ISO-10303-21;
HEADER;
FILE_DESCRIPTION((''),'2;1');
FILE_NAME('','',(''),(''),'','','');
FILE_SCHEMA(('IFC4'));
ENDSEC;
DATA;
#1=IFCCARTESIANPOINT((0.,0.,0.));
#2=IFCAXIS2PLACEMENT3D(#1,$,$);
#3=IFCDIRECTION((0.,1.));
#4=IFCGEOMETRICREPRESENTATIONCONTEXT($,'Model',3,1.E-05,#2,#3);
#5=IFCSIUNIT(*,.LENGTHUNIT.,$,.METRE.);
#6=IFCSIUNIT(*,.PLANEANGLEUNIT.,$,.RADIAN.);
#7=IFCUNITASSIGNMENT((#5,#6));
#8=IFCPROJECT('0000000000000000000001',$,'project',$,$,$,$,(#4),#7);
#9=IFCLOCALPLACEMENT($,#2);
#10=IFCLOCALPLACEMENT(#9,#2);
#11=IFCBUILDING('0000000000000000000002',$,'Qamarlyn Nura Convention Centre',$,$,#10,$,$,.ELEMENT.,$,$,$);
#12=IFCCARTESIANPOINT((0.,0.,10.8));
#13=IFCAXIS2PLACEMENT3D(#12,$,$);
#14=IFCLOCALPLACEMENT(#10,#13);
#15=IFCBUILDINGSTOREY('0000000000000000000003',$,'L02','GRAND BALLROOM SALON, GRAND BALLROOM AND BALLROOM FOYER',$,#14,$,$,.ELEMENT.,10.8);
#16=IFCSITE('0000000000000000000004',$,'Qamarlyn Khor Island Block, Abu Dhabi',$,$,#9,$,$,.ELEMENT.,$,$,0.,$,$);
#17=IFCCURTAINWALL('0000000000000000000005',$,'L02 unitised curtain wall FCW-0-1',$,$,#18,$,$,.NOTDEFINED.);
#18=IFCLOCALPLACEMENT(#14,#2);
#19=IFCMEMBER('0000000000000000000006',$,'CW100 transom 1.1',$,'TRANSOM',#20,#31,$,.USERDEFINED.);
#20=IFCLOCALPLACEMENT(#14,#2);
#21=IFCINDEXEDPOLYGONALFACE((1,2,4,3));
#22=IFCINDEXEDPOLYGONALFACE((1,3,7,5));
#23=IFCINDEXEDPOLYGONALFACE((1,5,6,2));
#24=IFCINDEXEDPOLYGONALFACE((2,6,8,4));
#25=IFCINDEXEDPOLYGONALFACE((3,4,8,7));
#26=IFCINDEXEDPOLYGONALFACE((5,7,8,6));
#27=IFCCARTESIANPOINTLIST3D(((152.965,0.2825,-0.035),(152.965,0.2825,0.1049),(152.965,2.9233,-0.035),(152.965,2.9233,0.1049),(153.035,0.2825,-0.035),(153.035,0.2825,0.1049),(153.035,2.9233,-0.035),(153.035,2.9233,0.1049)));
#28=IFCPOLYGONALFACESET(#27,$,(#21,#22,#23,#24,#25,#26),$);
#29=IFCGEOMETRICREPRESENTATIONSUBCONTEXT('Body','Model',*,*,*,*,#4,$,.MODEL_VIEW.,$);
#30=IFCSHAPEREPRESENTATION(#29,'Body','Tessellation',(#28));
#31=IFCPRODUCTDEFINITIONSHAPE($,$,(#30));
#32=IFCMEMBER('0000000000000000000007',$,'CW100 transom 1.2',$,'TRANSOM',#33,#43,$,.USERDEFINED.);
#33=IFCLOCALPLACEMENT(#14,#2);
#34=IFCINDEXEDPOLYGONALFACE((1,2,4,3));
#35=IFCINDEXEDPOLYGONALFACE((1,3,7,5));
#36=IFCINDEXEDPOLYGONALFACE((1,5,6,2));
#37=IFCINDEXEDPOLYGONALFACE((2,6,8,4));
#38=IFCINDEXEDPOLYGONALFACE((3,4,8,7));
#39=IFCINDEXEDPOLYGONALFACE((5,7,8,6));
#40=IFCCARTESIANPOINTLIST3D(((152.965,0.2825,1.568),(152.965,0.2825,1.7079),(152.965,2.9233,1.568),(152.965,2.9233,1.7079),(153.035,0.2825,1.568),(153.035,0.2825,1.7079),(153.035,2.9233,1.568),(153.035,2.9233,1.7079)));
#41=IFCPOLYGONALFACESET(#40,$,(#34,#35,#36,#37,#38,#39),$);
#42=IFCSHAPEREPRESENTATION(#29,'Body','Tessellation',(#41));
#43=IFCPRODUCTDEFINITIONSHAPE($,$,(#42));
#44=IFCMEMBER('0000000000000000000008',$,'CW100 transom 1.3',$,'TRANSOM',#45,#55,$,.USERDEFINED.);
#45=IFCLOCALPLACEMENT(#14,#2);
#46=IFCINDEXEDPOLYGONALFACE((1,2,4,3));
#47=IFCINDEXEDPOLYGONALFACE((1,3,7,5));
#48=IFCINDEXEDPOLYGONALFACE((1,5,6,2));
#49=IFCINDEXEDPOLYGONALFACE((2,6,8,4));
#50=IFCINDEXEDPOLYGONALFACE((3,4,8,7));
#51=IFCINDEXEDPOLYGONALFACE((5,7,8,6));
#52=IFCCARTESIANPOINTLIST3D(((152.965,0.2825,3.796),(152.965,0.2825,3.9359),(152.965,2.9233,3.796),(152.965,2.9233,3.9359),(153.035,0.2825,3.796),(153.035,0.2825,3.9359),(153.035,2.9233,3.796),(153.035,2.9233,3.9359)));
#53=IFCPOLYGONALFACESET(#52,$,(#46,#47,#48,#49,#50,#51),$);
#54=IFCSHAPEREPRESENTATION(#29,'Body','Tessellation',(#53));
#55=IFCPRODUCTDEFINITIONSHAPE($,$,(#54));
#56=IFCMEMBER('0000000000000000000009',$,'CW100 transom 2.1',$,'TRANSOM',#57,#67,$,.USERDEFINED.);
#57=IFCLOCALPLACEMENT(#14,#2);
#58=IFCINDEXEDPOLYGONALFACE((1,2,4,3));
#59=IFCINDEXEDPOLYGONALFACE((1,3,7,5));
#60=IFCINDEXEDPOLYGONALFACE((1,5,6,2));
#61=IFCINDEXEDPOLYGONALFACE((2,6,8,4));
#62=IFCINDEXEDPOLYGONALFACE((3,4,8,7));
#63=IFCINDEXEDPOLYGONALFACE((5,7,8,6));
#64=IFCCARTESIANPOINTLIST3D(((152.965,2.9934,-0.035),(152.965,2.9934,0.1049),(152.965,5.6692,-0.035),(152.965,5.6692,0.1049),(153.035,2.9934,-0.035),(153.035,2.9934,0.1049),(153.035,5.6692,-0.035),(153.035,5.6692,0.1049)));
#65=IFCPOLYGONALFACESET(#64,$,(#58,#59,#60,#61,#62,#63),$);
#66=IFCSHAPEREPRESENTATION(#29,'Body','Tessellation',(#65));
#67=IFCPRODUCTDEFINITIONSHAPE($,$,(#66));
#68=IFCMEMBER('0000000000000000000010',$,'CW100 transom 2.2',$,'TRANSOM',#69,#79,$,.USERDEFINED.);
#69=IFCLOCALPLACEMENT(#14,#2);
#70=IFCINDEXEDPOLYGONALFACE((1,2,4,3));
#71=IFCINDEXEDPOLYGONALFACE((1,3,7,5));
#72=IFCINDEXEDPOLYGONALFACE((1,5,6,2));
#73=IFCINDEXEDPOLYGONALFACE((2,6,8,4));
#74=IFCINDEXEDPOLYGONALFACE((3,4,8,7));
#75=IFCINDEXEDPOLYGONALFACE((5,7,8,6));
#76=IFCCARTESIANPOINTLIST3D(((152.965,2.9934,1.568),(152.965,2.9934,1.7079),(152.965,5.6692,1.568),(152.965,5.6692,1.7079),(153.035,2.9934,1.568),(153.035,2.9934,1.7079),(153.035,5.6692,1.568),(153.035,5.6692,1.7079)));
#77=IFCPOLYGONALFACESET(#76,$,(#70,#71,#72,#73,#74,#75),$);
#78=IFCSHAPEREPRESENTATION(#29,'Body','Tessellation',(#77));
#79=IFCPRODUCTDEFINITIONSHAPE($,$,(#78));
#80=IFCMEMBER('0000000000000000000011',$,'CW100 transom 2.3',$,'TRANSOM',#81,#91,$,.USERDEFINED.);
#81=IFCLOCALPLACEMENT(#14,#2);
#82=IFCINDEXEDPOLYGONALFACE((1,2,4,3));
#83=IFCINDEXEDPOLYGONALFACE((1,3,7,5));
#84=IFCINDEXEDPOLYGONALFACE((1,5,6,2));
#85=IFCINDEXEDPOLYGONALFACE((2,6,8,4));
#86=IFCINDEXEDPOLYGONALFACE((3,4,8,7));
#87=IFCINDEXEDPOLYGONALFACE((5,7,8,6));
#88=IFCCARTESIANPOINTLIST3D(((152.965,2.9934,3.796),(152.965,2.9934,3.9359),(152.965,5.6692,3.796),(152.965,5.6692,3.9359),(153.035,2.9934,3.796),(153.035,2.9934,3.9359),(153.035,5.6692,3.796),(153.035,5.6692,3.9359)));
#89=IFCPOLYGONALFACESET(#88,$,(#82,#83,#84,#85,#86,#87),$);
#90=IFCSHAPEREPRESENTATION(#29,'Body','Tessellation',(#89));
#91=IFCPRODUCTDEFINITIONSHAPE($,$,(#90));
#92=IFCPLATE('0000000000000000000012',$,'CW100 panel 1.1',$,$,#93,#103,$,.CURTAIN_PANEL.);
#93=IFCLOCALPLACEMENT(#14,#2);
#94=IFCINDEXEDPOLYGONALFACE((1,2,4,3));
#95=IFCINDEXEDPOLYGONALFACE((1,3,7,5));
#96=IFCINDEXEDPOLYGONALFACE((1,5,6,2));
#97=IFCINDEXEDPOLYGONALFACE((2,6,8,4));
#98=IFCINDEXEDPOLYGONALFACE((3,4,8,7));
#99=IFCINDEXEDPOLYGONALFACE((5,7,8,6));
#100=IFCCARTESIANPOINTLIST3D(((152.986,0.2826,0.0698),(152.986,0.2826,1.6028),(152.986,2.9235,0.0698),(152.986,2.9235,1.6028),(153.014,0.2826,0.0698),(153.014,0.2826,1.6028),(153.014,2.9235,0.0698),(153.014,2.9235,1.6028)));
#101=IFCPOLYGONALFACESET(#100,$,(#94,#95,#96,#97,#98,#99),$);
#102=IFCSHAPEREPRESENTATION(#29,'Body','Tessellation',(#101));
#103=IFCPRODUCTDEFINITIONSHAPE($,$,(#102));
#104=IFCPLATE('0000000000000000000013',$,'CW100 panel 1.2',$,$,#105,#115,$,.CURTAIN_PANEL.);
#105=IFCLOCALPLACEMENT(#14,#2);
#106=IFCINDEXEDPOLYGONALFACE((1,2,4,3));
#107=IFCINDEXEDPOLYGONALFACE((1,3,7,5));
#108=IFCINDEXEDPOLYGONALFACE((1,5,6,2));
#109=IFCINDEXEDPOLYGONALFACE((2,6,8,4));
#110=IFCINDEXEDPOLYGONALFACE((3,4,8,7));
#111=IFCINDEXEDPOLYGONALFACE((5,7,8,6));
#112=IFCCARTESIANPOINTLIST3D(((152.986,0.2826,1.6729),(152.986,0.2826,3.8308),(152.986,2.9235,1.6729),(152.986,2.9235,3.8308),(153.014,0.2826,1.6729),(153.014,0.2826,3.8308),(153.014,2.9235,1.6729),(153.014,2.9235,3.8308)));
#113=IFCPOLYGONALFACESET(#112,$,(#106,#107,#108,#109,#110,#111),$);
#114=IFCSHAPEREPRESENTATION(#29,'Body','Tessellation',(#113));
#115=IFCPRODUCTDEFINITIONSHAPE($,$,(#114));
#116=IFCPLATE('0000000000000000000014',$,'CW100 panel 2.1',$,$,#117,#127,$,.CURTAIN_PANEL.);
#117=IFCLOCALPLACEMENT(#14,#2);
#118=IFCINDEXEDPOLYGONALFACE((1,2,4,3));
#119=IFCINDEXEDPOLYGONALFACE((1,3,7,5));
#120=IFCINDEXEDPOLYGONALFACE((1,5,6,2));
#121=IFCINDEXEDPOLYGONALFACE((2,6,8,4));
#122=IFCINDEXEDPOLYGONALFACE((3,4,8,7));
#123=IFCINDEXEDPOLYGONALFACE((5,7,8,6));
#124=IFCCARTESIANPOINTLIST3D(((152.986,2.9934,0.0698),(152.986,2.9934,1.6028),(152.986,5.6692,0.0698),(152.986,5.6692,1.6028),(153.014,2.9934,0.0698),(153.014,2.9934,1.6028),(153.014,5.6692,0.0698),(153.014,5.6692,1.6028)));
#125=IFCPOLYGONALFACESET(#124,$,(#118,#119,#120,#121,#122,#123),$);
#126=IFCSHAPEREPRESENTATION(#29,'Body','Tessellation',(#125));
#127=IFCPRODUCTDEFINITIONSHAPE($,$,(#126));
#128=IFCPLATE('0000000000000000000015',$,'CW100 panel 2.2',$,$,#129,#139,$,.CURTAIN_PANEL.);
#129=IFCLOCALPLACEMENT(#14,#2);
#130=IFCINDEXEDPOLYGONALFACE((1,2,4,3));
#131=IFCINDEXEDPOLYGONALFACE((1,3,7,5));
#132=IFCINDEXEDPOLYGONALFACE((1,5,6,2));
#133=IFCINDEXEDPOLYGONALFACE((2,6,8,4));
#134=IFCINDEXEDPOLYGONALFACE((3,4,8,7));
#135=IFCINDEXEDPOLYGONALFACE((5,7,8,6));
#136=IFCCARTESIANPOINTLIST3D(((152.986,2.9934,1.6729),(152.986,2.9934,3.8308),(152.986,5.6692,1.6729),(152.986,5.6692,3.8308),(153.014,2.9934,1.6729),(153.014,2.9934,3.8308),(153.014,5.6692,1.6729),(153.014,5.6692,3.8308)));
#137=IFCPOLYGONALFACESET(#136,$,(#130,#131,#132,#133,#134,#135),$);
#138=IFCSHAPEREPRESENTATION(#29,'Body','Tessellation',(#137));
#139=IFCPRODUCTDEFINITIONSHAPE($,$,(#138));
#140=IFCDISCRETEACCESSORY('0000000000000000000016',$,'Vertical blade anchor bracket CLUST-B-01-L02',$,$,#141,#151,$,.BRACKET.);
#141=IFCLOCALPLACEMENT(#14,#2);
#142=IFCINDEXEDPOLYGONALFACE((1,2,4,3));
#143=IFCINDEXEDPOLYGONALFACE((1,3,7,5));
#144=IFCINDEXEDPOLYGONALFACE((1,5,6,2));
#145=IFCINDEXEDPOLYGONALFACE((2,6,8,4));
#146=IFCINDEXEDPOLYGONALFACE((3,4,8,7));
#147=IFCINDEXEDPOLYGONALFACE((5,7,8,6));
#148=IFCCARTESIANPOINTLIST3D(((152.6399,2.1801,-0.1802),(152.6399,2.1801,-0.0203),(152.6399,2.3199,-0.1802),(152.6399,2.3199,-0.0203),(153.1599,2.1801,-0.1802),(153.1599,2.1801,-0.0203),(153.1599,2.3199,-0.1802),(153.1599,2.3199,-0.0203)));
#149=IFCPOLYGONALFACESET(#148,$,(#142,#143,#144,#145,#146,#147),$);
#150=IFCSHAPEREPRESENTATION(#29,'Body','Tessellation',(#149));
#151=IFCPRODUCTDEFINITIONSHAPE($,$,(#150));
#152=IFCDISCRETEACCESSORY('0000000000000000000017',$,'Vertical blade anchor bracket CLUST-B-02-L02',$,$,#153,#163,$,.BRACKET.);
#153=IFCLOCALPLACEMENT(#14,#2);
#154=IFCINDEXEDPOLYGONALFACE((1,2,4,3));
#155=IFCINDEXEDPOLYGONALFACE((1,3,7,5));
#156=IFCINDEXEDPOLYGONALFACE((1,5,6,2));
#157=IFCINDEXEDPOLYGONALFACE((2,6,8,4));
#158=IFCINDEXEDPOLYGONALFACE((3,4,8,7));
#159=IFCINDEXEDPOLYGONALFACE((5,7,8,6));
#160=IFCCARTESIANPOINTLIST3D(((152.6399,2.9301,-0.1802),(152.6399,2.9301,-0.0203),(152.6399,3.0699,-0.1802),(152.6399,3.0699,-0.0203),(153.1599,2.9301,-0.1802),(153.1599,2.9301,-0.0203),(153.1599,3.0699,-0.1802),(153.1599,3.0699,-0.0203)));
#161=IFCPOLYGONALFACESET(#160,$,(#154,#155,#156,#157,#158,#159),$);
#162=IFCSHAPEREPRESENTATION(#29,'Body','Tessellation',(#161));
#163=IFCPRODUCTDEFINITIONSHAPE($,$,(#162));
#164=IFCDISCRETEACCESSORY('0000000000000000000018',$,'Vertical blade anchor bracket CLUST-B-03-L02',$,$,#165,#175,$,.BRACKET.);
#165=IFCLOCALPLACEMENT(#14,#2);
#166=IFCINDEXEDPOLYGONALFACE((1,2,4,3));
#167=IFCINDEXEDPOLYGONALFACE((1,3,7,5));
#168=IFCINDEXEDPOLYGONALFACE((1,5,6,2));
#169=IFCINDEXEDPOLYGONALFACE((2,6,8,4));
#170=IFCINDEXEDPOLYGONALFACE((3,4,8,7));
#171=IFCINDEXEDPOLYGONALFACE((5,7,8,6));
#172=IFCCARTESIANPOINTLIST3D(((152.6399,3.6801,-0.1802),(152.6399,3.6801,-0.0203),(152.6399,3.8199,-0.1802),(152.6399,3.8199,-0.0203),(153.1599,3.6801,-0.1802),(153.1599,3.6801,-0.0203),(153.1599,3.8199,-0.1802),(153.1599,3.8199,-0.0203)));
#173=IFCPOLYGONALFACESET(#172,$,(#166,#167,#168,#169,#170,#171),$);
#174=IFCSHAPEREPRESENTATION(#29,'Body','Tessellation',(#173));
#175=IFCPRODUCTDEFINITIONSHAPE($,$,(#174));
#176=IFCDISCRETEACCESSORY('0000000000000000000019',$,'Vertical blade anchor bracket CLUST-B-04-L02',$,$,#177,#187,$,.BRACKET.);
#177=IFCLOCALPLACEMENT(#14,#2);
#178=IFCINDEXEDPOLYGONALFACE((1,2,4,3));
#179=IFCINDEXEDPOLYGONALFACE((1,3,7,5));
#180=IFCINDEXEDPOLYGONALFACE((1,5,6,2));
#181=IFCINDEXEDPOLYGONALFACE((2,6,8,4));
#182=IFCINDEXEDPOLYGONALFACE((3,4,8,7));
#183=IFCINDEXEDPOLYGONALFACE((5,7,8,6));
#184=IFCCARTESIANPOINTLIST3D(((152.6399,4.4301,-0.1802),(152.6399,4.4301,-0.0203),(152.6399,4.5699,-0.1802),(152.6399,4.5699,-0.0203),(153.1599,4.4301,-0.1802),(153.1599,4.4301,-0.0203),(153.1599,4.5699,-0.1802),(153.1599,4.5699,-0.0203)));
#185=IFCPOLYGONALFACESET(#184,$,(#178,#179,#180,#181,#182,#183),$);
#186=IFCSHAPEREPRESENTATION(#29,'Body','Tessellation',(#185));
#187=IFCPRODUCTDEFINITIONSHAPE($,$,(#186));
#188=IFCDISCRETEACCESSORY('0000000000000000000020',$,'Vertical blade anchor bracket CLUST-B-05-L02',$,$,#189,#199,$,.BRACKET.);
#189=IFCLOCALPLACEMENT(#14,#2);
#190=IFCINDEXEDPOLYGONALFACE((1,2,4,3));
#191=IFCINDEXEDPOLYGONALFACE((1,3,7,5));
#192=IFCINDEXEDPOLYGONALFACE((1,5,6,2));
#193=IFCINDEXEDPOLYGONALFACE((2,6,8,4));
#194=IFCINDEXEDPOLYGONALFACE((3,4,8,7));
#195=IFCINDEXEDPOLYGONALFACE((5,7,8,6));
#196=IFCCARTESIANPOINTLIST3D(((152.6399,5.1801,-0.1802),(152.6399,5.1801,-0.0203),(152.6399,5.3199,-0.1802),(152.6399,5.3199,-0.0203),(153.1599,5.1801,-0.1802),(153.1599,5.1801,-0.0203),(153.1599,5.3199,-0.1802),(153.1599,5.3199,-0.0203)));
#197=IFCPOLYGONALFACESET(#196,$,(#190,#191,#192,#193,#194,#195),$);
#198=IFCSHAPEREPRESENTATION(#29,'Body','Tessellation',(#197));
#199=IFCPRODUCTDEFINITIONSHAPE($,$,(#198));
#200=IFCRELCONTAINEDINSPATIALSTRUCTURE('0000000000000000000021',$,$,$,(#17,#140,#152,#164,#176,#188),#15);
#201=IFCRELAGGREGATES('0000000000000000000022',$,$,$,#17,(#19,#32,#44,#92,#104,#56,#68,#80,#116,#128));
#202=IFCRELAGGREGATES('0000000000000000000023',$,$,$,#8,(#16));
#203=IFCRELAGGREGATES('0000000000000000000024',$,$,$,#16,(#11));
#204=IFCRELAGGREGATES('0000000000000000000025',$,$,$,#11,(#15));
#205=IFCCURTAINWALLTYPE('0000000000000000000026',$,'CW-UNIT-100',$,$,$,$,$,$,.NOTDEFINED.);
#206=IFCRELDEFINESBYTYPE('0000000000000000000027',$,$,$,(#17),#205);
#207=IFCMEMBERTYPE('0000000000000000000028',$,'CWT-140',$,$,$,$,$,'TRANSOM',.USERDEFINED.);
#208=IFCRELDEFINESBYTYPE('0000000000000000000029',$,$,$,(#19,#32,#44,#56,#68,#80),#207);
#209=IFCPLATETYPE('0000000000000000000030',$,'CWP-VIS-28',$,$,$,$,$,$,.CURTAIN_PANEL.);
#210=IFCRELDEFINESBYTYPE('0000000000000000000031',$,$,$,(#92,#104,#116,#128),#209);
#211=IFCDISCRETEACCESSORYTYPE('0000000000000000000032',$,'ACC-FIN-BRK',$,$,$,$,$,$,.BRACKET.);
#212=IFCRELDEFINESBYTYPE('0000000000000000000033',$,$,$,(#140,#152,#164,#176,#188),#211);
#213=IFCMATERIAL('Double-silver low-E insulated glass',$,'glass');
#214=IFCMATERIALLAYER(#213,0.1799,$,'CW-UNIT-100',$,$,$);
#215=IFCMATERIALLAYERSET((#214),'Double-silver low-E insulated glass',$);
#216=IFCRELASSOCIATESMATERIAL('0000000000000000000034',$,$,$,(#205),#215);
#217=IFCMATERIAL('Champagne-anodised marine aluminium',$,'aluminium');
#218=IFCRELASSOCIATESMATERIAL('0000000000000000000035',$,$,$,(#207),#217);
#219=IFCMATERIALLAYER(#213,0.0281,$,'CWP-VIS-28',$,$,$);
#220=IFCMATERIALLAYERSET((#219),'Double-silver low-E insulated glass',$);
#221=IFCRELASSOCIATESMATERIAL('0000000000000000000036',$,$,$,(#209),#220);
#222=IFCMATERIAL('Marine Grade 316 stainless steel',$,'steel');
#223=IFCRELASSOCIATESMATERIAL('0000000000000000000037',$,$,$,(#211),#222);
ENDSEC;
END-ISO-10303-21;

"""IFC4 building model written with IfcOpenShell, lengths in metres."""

from ifc_helpers import new_model, si_unit, direction, frame, origin, origin_2d, place, context, subcontext, project, spatial, rectangle, extrude, material, layer, layer_set, material_profile, profile_set, type_object, element, aggregate, save


model = new_model("IFC4")

# Units and contexts
model_context = context("Model", 3, precision=1e-05, world=origin(), true_north=direction((0.0, 1.0)))
body_context = subcontext(model_context, "Body", "Model", "MODEL_VIEW")
ifc_project = project(units=[si_unit("LENGTHUNIT", "METRE"), si_unit("PLANEANGLEUNIT", "RADIAN")], contexts=[model_context])

# Site, building, storey
site_placement = place(None, origin())
site = spatial("IfcSite", under=ifc_project, at=site_placement, Name="Qamarlyn Khor Island Block, Abu Dhabi", CompositionType="ELEMENT", RefElevation=0.0)
building_placement = place(site_placement, origin())
building = spatial("IfcBuilding", under=site, at=building_placement, Name="Qamarlyn Nura Convention Centre", CompositionType="ELEMENT")
storey_placement = place(building_placement, frame((0.0, 0.0, 10.8)))
storey = spatial("IfcBuildingStorey", under=building, at=storey_placement, Name="L02", Description="GRAND BALLROOM SALON, GRAND BALLROOM AND BALLROOM FOYER", CompositionType="ELEMENT", Elevation=10.8)

# Curtain wall, members, plates
ifc_material_1 = material(Name="Double-silver low-E insulated glass", Category="glass")
ifc_layer_1 = layer(ifc_material_1, 0.1799, Name="CW-UNIT-100")
ifc_layer_set_1 = layer_set([ifc_layer_1], Name="Double-silver low-E insulated glass")
curtain_wall_type = type_object("IfcCurtainWallType", Name="CW-UNIT-100", PredefinedType="NOTDEFINED", material=ifc_layer_set_1)
curtain_wall_placement = place(storey_placement, origin())
curtain_wall = element("IfcCurtainWall", 1, at=curtain_wall_placement, inside=storey, type_object=curtain_wall_type, Name="L02 unitised curtain wall FCW-0-1", PredefinedType="NOTDEFINED")
ifc_material_2 = material(Name="Champagne-anodised marine aluminium", Category="aluminium")
ifc_material_profile_1 = material_profile(ifc_material_2, rectangle(XDim=0.0701, YDim=0.1399, at=origin_2d()), Name="ALU TRANSOM 70x140")
ifc_profile_set_1 = profile_set([ifc_material_profile_1], Name="Champagne-anodised marine aluminium")
member_type_1 = type_object("IfcMemberType", Name="CWT-140", ElementType="TRANSOM", PredefinedType="USERDEFINED", material=ifc_profile_set_1)
member_1_placement = place(storey_placement, frame((153.0, 0.2825, 0.0349), z_axis=(0.0, 1.0, 0.0), x_axis=(-1.0, 0.0, 0.0)))
member_1 = element("IfcMember", 2, at=member_1_placement, type_object=member_type_1, Name="CW100 transom 1.1", ObjectType="TRANSOM", PredefinedType="USERDEFINED", context=body_context, shape_type="SweptSolid", body=[
    extrude(rectangle(XDim=0.0701, YDim=0.1399, at=origin_2d()), origin(), (0.0, 0.0, 1.0), 2.6409),
])
member_2_placement = place(storey_placement, frame((153.0, 0.2825, 1.6379), z_axis=(0.0, 1.0, 0.0), x_axis=(-1.0, 0.0, 0.0)))
member_2 = element("IfcMember", 3, at=member_2_placement, type_object=member_type_1, Name="CW100 transom 1.2", ObjectType="TRANSOM", PredefinedType="USERDEFINED", context=body_context, shape_type="SweptSolid", body=[
    extrude(rectangle(XDim=0.0701, YDim=0.1399, at=origin_2d()), origin(), (0.0, 0.0, 1.0), 2.6409),
])
member_3_placement = place(storey_placement, frame((153.0, 0.2825, 3.866), z_axis=(0.0, 1.0, 0.0), x_axis=(-1.0, 0.0, 0.0)))
member_3 = element("IfcMember", 4, at=member_3_placement, type_object=member_type_1, Name="CW100 transom 1.3", ObjectType="TRANSOM", PredefinedType="USERDEFINED", context=body_context, shape_type="SweptSolid", body=[
    extrude(rectangle(XDim=0.0701, YDim=0.1399, at=origin_2d()), origin(), (0.0, 0.0, 1.0), 2.6409),
])
member_4_placement = place(storey_placement, frame((153.0, 2.9934, 0.0349), z_axis=(0.0, 1.0, 0.0), x_axis=(-1.0, 0.0, 0.0)))
member_4 = element("IfcMember", 5, at=member_4_placement, type_object=member_type_1, Name="CW100 transom 2.1", ObjectType="TRANSOM", PredefinedType="USERDEFINED", context=body_context, shape_type="SweptSolid", body=[
    extrude(rectangle(XDim=0.0701, YDim=0.1399, at=origin_2d()), origin(), (0.0, 0.0, 1.0), 2.6758),
])
member_5_placement = place(storey_placement, frame((153.0, 2.9934, 1.6379), z_axis=(0.0, 1.0, 0.0), x_axis=(-1.0, 0.0, 0.0)))
member_5 = element("IfcMember", 6, at=member_5_placement, type_object=member_type_1, Name="CW100 transom 2.2", ObjectType="TRANSOM", PredefinedType="USERDEFINED", context=body_context, shape_type="SweptSolid", body=[
    extrude(rectangle(XDim=0.0701, YDim=0.1399, at=origin_2d()), origin(), (0.0, 0.0, 1.0), 2.6758),
])
member_6_placement = place(storey_placement, frame((153.0, 2.9934, 3.866), z_axis=(0.0, 1.0, 0.0), x_axis=(-1.0, 0.0, 0.0)))
member_6 = element("IfcMember", 7, at=member_6_placement, type_object=member_type_1, Name="CW100 transom 2.3", ObjectType="TRANSOM", PredefinedType="USERDEFINED", context=body_context, shape_type="SweptSolid", body=[
    extrude(rectangle(XDim=0.0701, YDim=0.1399, at=origin_2d()), origin(), (0.0, 0.0, 1.0), 2.6758),
])
ifc_layer_2 = layer(ifc_material_1, 0.0281, Name="CWP-VIS-28")
ifc_layer_set_2 = layer_set([ifc_layer_2], Name="Double-silver low-E insulated glass")
plate_type = type_object("IfcPlateType", Name="CWP-VIS-28", PredefinedType="CURTAIN_PANEL", material=ifc_layer_set_2)
plate_1_placement = place(storey_placement, frame((153.0, 1.603, 0.0698), z_axis=(0.0, 0.0, 1.0), x_axis=(0.0, 1.0, 0.0)))
plate_1 = element("IfcPlate", 8, at=plate_1_placement, type_object=plate_type, Name="CW100 panel 1.1", PredefinedType="CURTAIN_PANEL", context=body_context, shape_type="SweptSolid", body=[
    extrude(rectangle(XDim=2.6409, YDim=0.0281, at=origin_2d()), origin(), (0.0, 0.0, 1.0), 1.533),
])
plate_2_placement = place(storey_placement, frame((153.0, 1.603, 1.6729), z_axis=(0.0, 0.0, 1.0), x_axis=(0.0, 1.0, 0.0)))
plate_2 = element("IfcPlate", 9, at=plate_2_placement, type_object=plate_type, Name="CW100 panel 1.2", PredefinedType="CURTAIN_PANEL", context=body_context, shape_type="SweptSolid", body=[
    extrude(rectangle(XDim=2.6409, YDim=0.0281, at=origin_2d()), origin(), (0.0, 0.0, 1.0), 2.158),
])
plate_3_placement = place(storey_placement, frame((153.0, 4.3313, 0.0698), z_axis=(0.0, 0.0, 1.0), x_axis=(0.0, 1.0, 0.0)))
plate_3 = element("IfcPlate", 10, at=plate_3_placement, type_object=plate_type, Name="CW100 panel 2.1", PredefinedType="CURTAIN_PANEL", context=body_context, shape_type="SweptSolid", body=[
    extrude(rectangle(XDim=2.6758, YDim=0.0281, at=origin_2d()), origin(), (0.0, 0.0, 1.0), 1.533),
])
plate_4_placement = place(storey_placement, frame((153.0, 4.3313, 1.6729), z_axis=(0.0, 0.0, 1.0), x_axis=(0.0, 1.0, 0.0)))
plate_4 = element("IfcPlate", 11, at=plate_4_placement, type_object=plate_type, Name="CW100 panel 2.2", PredefinedType="CURTAIN_PANEL", context=body_context, shape_type="SweptSolid", body=[
    extrude(rectangle(XDim=2.6758, YDim=0.0281, at=origin_2d()), origin(), (0.0, 0.0, 1.0), 2.158),
])
aggregate(curtain_wall, [member_1, member_2, member_3, plate_1, plate_2, member_4, member_5, member_6, plate_3, plate_4])

# Discrete accessories
ifc_material_3 = material(Name="Marine Grade 316 stainless steel", Category="steel")
discrete_accessory_type = type_object("IfcDiscreteAccessoryType", Name="ACC-FIN-BRK", PredefinedType="BRACKET", material=ifc_material_3)
for number, where, z_axis, x_axis, name in (
    (12, (152.8999, 2.25, -0.1802), (0.0, 0.0, 1.0), (-1.0, 0.0, 0.0), "Vertical blade anchor bracket CLUST-B-01-L02"),
    (13, (152.8999, 3.0, -0.1802), (0.0, 0.0, 1.0), (-1.0, 0.0, 0.0), "Vertical blade anchor bracket CLUST-B-02-L02"),
    (14, (152.8999, 3.75, -0.1802), (0.0, 0.0, 1.0), (-1.0, 0.0, 0.0), "Vertical blade anchor bracket CLUST-B-03-L02"),
    (15, (152.8999, 4.5, -0.1802), (0.0, 0.0, 1.0), (-1.0, 0.0, 0.0), "Vertical blade anchor bracket CLUST-B-04-L02"),
    (16, (152.8999, 5.25, -0.1802), (0.0, 0.0, 1.0), (-1.0, 0.0, 0.0), "Vertical blade anchor bracket CLUST-B-05-L02"),
):
    element("IfcDiscreteAccessory", number, at=place(storey_placement, frame(where, z_axis=z_axis, x_axis=x_axis)), inside=storey, type_object=discrete_accessory_type, Name=name, PredefinedType="BRACKET", context=body_context, shape_type="SweptSolid", body=[
        extrude(rectangle(XDim=0.52, YDim=0.1399, at=origin_2d()), origin(), (0.0, 0.0, 1.0), 0.1599),
    ])

save(model, "model.ifc")
